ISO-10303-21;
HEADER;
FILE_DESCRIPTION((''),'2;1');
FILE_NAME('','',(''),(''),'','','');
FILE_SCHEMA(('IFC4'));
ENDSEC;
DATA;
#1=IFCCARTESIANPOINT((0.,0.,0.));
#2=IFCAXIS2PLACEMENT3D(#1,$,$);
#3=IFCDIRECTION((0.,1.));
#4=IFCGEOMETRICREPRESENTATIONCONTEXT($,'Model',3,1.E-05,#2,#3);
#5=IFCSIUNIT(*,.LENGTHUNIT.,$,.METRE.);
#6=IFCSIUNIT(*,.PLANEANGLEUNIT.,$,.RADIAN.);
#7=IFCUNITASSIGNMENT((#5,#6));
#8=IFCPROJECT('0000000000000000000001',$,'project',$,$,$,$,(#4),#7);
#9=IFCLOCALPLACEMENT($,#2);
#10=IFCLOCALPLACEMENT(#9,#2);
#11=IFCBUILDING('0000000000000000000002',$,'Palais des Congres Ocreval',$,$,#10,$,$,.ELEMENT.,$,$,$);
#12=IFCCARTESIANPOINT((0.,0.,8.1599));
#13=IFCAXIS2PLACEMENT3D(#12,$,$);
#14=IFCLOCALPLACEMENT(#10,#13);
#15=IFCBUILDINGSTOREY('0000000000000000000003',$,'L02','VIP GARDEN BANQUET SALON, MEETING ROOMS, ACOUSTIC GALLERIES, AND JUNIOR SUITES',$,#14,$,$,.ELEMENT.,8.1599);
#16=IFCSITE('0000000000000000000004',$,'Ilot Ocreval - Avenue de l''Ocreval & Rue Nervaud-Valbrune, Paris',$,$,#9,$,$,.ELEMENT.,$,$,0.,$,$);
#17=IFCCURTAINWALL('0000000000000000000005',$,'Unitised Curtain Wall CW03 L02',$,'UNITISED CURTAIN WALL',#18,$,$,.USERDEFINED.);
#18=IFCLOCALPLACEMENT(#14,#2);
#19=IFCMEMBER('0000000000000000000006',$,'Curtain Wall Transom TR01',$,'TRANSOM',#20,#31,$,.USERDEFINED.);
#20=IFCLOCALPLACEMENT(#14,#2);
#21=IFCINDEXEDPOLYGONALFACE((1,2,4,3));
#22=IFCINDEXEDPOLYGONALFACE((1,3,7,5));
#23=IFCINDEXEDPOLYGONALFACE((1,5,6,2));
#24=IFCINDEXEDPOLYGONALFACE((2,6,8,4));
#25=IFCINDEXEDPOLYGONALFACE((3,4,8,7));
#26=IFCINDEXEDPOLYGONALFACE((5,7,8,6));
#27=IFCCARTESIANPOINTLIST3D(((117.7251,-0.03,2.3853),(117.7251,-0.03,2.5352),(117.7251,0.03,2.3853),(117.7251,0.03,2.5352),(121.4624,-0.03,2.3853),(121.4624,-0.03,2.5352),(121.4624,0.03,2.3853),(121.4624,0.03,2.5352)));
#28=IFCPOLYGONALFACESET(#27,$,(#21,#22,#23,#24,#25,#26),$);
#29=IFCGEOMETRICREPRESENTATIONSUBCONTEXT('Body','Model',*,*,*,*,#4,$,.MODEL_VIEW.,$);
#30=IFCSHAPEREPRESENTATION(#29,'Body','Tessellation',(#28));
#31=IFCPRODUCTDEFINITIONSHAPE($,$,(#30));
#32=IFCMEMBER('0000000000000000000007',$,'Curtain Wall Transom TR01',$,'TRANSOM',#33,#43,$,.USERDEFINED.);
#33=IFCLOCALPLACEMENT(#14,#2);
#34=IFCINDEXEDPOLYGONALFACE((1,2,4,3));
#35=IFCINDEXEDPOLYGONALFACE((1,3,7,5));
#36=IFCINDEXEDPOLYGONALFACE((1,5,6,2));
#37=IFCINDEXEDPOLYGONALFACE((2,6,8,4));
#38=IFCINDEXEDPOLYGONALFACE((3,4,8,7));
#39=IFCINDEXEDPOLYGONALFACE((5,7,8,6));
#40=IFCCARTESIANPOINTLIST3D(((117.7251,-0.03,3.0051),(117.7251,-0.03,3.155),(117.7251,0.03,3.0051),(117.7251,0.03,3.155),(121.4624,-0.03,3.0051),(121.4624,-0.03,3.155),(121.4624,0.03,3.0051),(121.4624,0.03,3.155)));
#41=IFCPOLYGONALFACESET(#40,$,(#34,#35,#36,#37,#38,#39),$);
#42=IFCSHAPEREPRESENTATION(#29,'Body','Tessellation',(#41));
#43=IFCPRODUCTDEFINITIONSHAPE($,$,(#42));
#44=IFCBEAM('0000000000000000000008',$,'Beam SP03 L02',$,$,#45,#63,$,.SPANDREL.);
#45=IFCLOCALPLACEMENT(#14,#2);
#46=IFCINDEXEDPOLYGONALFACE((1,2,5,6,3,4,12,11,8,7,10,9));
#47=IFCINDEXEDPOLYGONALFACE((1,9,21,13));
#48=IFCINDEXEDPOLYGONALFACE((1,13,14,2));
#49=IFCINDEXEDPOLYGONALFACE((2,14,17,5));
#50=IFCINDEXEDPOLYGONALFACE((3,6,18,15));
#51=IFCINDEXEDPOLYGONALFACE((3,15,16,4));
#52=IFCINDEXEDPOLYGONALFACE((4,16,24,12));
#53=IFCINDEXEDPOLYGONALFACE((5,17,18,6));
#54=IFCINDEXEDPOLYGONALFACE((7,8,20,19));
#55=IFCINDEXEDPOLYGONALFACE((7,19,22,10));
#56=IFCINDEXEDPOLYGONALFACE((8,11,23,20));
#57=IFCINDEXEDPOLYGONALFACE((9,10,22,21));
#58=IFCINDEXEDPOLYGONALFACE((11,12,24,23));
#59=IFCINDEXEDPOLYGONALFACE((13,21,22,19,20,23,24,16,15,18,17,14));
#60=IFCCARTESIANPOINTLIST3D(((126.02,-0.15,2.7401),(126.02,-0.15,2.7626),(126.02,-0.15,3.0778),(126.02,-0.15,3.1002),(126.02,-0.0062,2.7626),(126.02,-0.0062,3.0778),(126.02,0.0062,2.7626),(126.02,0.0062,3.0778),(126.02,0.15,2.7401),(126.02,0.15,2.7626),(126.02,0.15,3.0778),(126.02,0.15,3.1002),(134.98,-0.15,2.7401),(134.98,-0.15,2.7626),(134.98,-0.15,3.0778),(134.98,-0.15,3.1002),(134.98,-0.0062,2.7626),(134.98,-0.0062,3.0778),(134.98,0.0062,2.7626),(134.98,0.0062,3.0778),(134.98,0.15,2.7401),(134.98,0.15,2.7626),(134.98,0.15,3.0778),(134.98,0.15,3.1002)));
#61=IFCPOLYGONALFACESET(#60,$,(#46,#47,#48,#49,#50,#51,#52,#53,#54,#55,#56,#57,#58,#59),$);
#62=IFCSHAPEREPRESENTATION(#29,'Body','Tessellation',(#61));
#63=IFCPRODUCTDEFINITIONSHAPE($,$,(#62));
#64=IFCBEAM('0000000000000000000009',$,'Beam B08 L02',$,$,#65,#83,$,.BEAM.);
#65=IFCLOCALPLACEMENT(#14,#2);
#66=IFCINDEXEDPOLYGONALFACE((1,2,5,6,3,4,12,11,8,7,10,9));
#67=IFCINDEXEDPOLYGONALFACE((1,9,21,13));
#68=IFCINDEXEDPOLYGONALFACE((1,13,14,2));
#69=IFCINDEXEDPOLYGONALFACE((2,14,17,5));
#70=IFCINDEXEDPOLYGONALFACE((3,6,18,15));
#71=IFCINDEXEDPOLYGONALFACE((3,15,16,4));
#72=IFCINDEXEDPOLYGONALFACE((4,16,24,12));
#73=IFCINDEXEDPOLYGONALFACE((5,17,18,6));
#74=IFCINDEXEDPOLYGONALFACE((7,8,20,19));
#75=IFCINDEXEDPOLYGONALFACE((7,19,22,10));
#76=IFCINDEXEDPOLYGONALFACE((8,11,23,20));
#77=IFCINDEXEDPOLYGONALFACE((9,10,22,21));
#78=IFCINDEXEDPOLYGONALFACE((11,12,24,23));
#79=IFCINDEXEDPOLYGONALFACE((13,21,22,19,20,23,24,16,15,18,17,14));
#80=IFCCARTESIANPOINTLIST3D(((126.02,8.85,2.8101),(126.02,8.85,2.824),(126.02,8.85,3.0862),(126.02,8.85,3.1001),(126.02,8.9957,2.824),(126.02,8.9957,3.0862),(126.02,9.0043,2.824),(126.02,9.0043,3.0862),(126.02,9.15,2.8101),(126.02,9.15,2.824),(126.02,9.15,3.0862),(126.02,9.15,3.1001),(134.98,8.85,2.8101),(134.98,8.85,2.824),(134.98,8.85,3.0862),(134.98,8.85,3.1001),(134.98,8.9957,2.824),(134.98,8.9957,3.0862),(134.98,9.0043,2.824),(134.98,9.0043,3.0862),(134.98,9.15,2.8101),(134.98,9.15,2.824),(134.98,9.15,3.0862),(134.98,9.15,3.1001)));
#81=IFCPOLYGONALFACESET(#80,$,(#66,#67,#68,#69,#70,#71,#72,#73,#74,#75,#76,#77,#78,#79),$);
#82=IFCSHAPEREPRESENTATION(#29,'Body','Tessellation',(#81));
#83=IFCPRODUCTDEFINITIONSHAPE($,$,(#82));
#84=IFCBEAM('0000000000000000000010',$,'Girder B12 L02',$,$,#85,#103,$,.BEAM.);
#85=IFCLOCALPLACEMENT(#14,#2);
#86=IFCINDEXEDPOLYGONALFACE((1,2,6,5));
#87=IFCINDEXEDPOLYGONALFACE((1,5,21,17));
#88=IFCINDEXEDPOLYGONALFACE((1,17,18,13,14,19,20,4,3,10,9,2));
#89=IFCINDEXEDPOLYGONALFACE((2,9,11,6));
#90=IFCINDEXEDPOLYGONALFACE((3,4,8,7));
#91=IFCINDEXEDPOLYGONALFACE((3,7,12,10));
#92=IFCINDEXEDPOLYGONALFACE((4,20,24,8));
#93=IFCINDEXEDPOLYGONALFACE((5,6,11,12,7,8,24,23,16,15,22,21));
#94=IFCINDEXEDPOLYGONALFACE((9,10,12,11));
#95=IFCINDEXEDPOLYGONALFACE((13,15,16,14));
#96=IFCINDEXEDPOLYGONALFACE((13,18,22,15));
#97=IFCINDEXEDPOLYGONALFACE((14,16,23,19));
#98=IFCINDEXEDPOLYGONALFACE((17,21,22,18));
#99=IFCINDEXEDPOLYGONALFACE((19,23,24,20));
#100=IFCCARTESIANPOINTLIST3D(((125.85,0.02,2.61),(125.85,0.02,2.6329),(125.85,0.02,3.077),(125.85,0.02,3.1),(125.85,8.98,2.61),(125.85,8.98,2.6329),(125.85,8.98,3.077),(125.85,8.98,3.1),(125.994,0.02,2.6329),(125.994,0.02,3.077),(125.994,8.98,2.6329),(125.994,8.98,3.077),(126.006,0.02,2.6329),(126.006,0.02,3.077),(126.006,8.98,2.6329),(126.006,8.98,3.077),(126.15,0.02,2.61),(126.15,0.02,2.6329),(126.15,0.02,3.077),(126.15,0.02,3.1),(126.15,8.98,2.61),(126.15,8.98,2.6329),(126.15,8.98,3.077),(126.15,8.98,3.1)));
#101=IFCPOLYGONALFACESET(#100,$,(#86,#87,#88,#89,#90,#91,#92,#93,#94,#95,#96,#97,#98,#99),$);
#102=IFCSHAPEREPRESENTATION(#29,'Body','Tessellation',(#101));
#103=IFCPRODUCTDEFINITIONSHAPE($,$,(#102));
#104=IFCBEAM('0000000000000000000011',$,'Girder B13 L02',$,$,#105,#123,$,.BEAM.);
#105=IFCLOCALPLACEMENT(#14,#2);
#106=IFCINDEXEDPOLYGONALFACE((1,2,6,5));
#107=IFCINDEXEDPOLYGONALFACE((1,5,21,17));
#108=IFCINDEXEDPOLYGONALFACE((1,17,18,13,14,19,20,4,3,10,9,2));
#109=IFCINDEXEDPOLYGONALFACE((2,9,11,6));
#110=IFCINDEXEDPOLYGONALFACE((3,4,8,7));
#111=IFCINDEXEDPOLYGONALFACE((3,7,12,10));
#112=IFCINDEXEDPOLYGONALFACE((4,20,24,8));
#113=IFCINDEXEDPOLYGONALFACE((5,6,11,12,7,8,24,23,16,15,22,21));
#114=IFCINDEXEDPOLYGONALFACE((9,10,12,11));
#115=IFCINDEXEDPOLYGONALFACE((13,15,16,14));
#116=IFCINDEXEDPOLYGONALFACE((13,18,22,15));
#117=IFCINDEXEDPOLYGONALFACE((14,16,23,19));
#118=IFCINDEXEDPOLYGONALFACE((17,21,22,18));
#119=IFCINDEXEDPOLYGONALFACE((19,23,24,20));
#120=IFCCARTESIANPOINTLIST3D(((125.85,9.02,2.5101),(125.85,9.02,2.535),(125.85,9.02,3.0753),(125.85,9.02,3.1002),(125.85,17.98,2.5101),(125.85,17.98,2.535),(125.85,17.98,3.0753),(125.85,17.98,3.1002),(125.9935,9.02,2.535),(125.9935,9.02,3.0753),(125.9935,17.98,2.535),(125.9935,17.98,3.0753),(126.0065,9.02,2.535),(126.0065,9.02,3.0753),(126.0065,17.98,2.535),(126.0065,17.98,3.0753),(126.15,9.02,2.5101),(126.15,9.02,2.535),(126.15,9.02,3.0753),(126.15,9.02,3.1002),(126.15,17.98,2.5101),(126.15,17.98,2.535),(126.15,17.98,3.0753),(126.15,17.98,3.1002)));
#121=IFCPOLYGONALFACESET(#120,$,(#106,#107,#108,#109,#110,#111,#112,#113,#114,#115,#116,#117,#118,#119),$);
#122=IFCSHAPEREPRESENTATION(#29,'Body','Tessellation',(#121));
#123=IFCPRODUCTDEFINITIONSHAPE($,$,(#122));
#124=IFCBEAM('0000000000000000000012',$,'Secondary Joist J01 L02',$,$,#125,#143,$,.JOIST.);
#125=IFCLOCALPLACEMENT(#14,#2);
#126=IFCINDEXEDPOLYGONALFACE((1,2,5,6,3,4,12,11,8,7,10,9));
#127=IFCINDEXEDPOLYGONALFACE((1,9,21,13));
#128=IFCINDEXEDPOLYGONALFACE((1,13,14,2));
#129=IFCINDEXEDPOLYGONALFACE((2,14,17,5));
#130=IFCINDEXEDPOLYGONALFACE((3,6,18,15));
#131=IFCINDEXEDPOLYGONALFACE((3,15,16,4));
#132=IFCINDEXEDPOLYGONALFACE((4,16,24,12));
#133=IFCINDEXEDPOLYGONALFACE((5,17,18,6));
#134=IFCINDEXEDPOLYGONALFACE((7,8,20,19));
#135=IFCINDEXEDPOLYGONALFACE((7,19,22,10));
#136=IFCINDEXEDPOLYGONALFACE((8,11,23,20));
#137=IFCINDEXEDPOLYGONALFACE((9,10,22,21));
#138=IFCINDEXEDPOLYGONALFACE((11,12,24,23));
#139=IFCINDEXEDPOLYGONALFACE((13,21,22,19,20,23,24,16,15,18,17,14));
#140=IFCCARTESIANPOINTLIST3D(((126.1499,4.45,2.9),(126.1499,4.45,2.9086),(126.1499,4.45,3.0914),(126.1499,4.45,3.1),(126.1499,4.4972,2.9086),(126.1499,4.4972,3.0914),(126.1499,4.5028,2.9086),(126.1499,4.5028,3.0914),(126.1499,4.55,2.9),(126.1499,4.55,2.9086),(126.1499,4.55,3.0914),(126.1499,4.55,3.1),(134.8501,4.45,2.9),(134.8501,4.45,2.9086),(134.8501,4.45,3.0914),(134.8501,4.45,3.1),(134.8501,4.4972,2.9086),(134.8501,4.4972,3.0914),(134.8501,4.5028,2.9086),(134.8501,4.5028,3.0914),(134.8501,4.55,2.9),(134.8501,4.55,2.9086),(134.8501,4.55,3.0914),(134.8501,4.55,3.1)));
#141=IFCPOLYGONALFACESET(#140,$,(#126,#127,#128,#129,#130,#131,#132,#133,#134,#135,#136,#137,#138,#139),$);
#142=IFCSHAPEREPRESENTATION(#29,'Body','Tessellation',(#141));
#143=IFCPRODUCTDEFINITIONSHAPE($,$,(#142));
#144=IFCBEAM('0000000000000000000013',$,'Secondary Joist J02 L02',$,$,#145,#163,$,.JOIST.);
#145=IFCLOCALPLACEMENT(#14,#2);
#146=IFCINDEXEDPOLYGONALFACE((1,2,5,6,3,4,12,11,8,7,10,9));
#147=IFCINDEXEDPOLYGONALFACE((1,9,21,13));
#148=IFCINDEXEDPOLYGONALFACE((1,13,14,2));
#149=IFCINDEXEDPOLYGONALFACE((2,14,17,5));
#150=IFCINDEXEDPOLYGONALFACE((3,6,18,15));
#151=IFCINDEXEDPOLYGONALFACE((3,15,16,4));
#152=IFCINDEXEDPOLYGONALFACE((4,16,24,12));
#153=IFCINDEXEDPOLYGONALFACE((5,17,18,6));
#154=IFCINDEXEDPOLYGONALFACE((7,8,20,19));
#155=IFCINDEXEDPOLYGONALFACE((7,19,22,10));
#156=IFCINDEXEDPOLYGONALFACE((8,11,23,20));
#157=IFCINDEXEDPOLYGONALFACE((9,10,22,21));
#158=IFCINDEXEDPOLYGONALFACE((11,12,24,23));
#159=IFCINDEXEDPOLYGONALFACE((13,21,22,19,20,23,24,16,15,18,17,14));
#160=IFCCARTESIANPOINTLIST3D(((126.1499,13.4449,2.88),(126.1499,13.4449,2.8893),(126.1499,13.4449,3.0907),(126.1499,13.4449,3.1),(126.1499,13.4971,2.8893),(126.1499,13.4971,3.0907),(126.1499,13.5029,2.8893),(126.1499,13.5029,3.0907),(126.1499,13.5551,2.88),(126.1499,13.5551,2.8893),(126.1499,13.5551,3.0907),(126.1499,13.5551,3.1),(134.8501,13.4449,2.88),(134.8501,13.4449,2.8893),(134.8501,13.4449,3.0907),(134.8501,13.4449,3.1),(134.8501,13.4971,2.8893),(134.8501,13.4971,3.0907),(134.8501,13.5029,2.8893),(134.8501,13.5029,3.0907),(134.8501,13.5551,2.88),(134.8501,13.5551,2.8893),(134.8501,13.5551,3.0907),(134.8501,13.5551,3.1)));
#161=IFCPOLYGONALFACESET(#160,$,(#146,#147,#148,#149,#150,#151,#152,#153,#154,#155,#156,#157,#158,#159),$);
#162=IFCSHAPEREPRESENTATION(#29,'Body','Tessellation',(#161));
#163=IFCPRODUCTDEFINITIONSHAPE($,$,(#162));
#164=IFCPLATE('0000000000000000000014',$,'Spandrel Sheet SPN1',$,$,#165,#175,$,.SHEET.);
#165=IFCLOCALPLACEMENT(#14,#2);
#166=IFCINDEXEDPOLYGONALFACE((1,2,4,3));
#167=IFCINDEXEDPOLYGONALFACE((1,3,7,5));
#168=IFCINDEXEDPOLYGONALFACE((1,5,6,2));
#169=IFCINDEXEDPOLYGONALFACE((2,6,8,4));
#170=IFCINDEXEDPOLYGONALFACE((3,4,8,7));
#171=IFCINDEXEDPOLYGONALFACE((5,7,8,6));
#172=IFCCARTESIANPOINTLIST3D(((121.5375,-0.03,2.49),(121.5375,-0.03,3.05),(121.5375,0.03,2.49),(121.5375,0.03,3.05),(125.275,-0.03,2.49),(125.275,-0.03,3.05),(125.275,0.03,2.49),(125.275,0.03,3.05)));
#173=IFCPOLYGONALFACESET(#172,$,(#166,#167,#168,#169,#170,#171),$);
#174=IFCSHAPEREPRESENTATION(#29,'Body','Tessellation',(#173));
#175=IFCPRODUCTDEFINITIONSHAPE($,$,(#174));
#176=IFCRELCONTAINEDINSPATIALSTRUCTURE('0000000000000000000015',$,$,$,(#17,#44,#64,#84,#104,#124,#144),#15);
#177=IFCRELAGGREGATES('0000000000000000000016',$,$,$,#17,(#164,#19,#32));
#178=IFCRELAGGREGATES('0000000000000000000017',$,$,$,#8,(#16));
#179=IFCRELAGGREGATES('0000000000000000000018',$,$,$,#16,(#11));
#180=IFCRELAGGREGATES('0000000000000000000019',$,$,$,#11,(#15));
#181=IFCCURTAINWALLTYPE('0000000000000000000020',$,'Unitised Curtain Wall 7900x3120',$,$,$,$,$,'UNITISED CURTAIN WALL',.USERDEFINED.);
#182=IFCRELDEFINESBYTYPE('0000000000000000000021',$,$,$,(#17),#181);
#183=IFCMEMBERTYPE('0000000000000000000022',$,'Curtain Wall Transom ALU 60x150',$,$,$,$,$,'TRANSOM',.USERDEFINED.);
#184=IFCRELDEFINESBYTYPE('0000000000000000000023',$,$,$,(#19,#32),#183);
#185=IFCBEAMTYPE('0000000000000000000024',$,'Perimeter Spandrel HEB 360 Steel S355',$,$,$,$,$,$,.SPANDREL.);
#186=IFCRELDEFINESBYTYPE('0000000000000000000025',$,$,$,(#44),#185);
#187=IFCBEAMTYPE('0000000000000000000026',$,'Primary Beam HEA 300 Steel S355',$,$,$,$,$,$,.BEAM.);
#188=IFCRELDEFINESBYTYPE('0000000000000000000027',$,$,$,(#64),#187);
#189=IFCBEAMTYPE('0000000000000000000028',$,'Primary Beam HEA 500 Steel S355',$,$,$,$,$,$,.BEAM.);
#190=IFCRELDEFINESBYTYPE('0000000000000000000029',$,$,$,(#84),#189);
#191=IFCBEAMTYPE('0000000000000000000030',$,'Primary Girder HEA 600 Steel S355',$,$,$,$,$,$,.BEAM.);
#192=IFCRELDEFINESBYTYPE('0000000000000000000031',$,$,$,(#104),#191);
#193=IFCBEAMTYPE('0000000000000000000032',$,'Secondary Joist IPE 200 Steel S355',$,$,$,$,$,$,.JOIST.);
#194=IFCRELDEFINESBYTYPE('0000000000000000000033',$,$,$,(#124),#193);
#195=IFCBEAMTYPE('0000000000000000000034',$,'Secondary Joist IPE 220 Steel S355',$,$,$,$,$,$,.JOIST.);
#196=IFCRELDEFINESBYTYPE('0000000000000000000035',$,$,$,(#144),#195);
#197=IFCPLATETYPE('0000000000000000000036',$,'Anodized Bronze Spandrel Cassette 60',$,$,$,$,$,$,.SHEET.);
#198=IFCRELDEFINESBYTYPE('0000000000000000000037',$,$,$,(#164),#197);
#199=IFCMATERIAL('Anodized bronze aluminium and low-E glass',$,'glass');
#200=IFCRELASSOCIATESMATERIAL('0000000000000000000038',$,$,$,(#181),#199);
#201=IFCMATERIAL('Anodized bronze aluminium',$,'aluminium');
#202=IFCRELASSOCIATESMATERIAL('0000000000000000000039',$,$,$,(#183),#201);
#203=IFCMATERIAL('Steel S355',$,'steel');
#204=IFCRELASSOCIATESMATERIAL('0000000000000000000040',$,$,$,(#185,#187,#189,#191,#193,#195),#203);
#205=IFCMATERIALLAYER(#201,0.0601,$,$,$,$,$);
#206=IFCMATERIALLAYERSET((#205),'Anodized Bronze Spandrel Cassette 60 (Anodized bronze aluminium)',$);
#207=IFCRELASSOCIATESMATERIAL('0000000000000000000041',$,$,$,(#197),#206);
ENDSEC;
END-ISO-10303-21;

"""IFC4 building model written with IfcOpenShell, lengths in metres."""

from ifc_helpers import new_model, si_unit, direction, frame, origin, origin_2d, place, context, subcontext, project, spatial, rectangle, i_section, extrude, material, layer, layer_set, material_profile, profile_set, type_object, element, aggregate, save


model = new_model("IFC4")

# Units and contexts
model_context = context("Model", 3, precision=1e-05, world=origin(), true_north=direction((0.0, 1.0)))
body_context = subcontext(model_context, "Body", "Model", "MODEL_VIEW")
ifc_project = project(units=[si_unit("LENGTHUNIT", "METRE"), si_unit("PLANEANGLEUNIT", "RADIAN")], contexts=[model_context])

# Site, building, storey
site_placement = place(None, origin())
site = spatial("IfcSite", under=ifc_project, at=site_placement, Name="Ilot Ocreval - Avenue de l'Ocreval & Rue Nervaud-Valbrune, Paris", CompositionType="ELEMENT", RefElevation=0.0)
building_placement = place(site_placement, origin())
building = spatial("IfcBuilding", under=site, at=building_placement, Name="Palais des Congres Ocreval", CompositionType="ELEMENT")
storey_placement = place(building_placement, frame((0.0, 0.0, 8.1599)))
storey = spatial("IfcBuildingStorey", under=building, at=storey_placement, Name="L02", Description="VIP GARDEN BANQUET SALON, MEETING ROOMS, ACOUSTIC GALLERIES, AND JUNIOR SUITES", CompositionType="ELEMENT", Elevation=8.1599)

# Shared definitions
ifc_material_1 = material(Name="Steel S355", Category="steel")

# Curtain wall, members
ifc_material_2 = material(Name="Anodized bronze aluminium and low-E glass", Category="glass")
curtain_wall_type = type_object("IfcCurtainWallType", Name="Unitised Curtain Wall 7900x3120", ElementType="UNITISED CURTAIN WALL", PredefinedType="USERDEFINED", material=ifc_material_2)
curtain_wall_placement = place(storey_placement, origin())
curtain_wall = element("IfcCurtainWall", 1, at=curtain_wall_placement, inside=storey, type_object=curtain_wall_type, Name="Unitised Curtain Wall CW03 L02", ObjectType="UNITISED CURTAIN WALL", PredefinedType="USERDEFINED")
ifc_material_3 = material(Name="Anodized bronze aluminium", Category="aluminium")
ifc_material_profile_1 = material_profile(ifc_material_3, rectangle(XDim=0.0601, YDim=0.1499, at=origin_2d()), Name="ALU 60x150")
ifc_profile_set_1 = profile_set([ifc_material_profile_1], Name="Anodized bronze aluminium")
member_type_1 = type_object("IfcMemberType", Name="Curtain Wall Transom ALU 60x150", ElementType="TRANSOM", PredefinedType="USERDEFINED", material=ifc_profile_set_1)
member_1_placement = place(storey_placement, frame((121.4624, 0.0, 2.4602), z_axis=(-1.0, 0.0, 0.0), x_axis=(0.0, -1.0, 0.0)))
member_1 = element("IfcMember", 2, at=member_1_placement, type_object=member_type_1, Name="Curtain Wall Transom TR01", ObjectType="TRANSOM", PredefinedType="USERDEFINED", context=body_context, shape_type="SweptSolid", body=[
    extrude(rectangle(XDim=0.0601, YDim=0.1499, at=origin_2d()), origin(), (0.0, 0.0, 1.0), 3.7373),
])
member_2_placement = place(storey_placement, frame((121.4624, 0.0, 3.0801), z_axis=(-1.0, 0.0, 0.0), x_axis=(0.0, -1.0, 0.0)))
member_2 = element("IfcMember", 3, at=member_2_placement, type_object=member_type_1, Name="Curtain Wall Transom TR01", ObjectType="TRANSOM", PredefinedType="USERDEFINED", context=body_context, shape_type="SweptSolid", body=[
    extrude(rectangle(XDim=0.0601, YDim=0.1499, at=origin_2d()), origin(), (0.0, 0.0, 1.0), 3.7373),
])

# Beams
ifc_material_profile_2 = material_profile(ifc_material_1, i_section(OverallWidth=0.3, OverallDepth=0.3601, WebThickness=0.0125, FlangeThickness=0.0225, at=origin_2d()), Name="HEB 360")
ifc_profile_set_2 = profile_set([ifc_material_profile_2], Name="Steel S355")
beam_type_1 = type_object("IfcBeamType", Name="Perimeter Spandrel HEB 360 Steel S355", PredefinedType="SPANDREL", material=ifc_profile_set_2)
beam_1_placement = place(storey_placement, frame((126.02, 0.0, 2.9202), z_axis=(1.0, 0.0, 0.0), x_axis=(0.0, 1.0, 0.0)))
element("IfcBeam", 4, at=beam_1_placement, inside=storey, type_object=beam_type_1, Name="Beam SP03 L02", PredefinedType="SPANDREL", context=body_context, shape_type="SweptSolid", body=[
    extrude(i_section(OverallWidth=0.3, OverallDepth=0.3601, WebThickness=0.0125, FlangeThickness=0.0225, at=origin_2d()), origin(), (0.0, 0.0, 1.0), 8.96),
])
ifc_material_profile_3 = material_profile(ifc_material_1, i_section(OverallWidth=0.3, OverallDepth=0.29, WebThickness=0.0085, FlangeThickness=0.0139, at=origin_2d()), Name="HEA 300")
ifc_profile_set_3 = profile_set([ifc_material_profile_3], Name="Steel S355")
beam_type_2 = type_object("IfcBeamType", Name="Primary Beam HEA 300 Steel S355", PredefinedType="BEAM", material=ifc_profile_set_3)
beam_2_placement = place(storey_placement, frame((126.02, 9.0, 2.9551), z_axis=(1.0, 0.0, 0.0), x_axis=(0.0, 1.0, 0.0)))
element("IfcBeam", 5, at=beam_2_placement, inside=storey, type_object=beam_type_2, Name="Beam B08 L02", PredefinedType="BEAM", context=body_context, shape_type="SweptSolid", body=[
    extrude(i_section(OverallWidth=0.3, OverallDepth=0.29, WebThickness=0.0085, FlangeThickness=0.0139, at=origin_2d()), origin(), (0.0, 0.0, 1.0), 8.96),
])
ifc_material_profile_4 = material_profile(ifc_material_1, i_section(OverallWidth=0.3, OverallDepth=0.49, WebThickness=0.012, FlangeThickness=0.0229, at=origin_2d()), Name="HEA 500")
ifc_profile_set_4 = profile_set([ifc_material_profile_4], Name="Steel S355")
beam_type_3 = type_object("IfcBeamType", Name="Primary Beam HEA 500 Steel S355", PredefinedType="BEAM", material=ifc_profile_set_4)
beam_3_placement = place(storey_placement, frame((126.0, 0.02, 2.855), z_axis=(0.0, 1.0, 0.0), x_axis=(-1.0, 0.0, 0.0)))
element("IfcBeam", 6, at=beam_3_placement, inside=storey, type_object=beam_type_3, Name="Girder B12 L02", PredefinedType="BEAM", context=body_context, shape_type="SweptSolid", body=[
    extrude(i_section(OverallWidth=0.3, OverallDepth=0.49, WebThickness=0.012, FlangeThickness=0.0229, at=origin_2d()), origin(), (0.0, 0.0, 1.0), 8.96),
])
ifc_material_profile_5 = material_profile(ifc_material_1, i_section(OverallWidth=0.3, OverallDepth=0.5901, WebThickness=0.0129, FlangeThickness=0.0249, at=origin_2d()), Name="HEA 600")
ifc_profile_set_5 = profile_set([ifc_material_profile_5], Name="Steel S355")
beam_type_4 = type_object("IfcBeamType", Name="Primary Girder HEA 600 Steel S355", PredefinedType="BEAM", material=ifc_profile_set_5)
beam_4_placement = place(storey_placement, frame((126.0, 9.02, 2.8052), z_axis=(0.0, 1.0, 0.0), x_axis=(-1.0, 0.0, 0.0)))
element("IfcBeam", 7, at=beam_4_placement, inside=storey, type_object=beam_type_4, Name="Girder B13 L02", PredefinedType="BEAM", context=body_context, shape_type="SweptSolid", body=[
    extrude(i_section(OverallWidth=0.3, OverallDepth=0.5901, WebThickness=0.0129, FlangeThickness=0.0249, at=origin_2d()), origin(), (0.0, 0.0, 1.0), 8.96),
])
ifc_material_profile_6 = material_profile(ifc_material_1, i_section(OverallWidth=0.1001, OverallDepth=0.2, WebThickness=0.0056, FlangeThickness=0.0085, at=origin_2d()), Name="IPE 200")
ifc_profile_set_6 = profile_set([ifc_material_profile_6], Name="Steel S355")
beam_type_5 = type_object("IfcBeamType", Name="Secondary Joist IPE 200 Steel S355", PredefinedType="JOIST", material=ifc_profile_set_6)
beam_5_placement = place(storey_placement, frame((126.1499, 4.5, 3.0), z_axis=(1.0, 0.0, 0.0), x_axis=(0.0, 1.0, 0.0)))
element("IfcBeam", 8, at=beam_5_placement, inside=storey, type_object=beam_type_5, Name="Secondary Joist J01 L02", PredefinedType="JOIST", context=body_context, shape_type="SweptSolid", body=[
    extrude(i_section(OverallWidth=0.1001, OverallDepth=0.2, WebThickness=0.0056, FlangeThickness=0.0085, at=origin_2d()), origin(), (0.0, 0.0, 1.0), 8.7002),
])
ifc_material_profile_7 = material_profile(ifc_material_1, i_section(OverallWidth=0.1101, OverallDepth=0.22, WebThickness=0.0059, FlangeThickness=0.0093, at=origin_2d()), Name="IPE 220")
ifc_profile_set_7 = profile_set([ifc_material_profile_7], Name="Steel S355")
beam_type_6 = type_object("IfcBeamType", Name="Secondary Joist IPE 220 Steel S355", PredefinedType="JOIST", material=ifc_profile_set_7)
beam_6_placement = place(storey_placement, frame((126.1499, 13.5, 2.99), z_axis=(1.0, 0.0, 0.0), x_axis=(0.0, 1.0, 0.0)))
element("IfcBeam", 9, at=beam_6_placement, inside=storey, type_object=beam_type_6, Name="Secondary Joist J02 L02", PredefinedType="JOIST", context=body_context, shape_type="SweptSolid", body=[
    extrude(i_section(OverallWidth=0.1101, OverallDepth=0.22, WebThickness=0.0059, FlangeThickness=0.0093, at=origin_2d()), origin(), (0.0, 0.0, 1.0), 8.7002),
])

# Plate
ifc_layer_1 = layer(ifc_material_3, 0.0601)
ifc_layer_set_1 = layer_set([ifc_layer_1], Name="Anodized Bronze Spandrel Cassette 60 (Anodized bronze aluminium)")
plate_type_1 = type_object("IfcPlateType", Name="Anodized Bronze Spandrel Cassette 60", PredefinedType="SHEET", material=ifc_layer_set_1)
plate_1_placement = place(storey_placement, frame((123.4062, 0.0, 2.49), z_axis=(0.0, 0.0, 1.0), x_axis=(-1.0, 0.0, 0.0)))
plate_1 = element("IfcPlate", 10, at=plate_1_placement, type_object=plate_type_1, Name="Spandrel Sheet SPN1", PredefinedType="SHEET", context=body_context, shape_type="SweptSolid", body=[
    extrude(rectangle(XDim=3.7375, YDim=0.0601, at=origin_2d()), origin(), (0.0, 0.0, 1.0), 0.5601),
])
aggregate(curtain_wall, [plate_1, member_1, member_2])

save(model, "model.ifc")
